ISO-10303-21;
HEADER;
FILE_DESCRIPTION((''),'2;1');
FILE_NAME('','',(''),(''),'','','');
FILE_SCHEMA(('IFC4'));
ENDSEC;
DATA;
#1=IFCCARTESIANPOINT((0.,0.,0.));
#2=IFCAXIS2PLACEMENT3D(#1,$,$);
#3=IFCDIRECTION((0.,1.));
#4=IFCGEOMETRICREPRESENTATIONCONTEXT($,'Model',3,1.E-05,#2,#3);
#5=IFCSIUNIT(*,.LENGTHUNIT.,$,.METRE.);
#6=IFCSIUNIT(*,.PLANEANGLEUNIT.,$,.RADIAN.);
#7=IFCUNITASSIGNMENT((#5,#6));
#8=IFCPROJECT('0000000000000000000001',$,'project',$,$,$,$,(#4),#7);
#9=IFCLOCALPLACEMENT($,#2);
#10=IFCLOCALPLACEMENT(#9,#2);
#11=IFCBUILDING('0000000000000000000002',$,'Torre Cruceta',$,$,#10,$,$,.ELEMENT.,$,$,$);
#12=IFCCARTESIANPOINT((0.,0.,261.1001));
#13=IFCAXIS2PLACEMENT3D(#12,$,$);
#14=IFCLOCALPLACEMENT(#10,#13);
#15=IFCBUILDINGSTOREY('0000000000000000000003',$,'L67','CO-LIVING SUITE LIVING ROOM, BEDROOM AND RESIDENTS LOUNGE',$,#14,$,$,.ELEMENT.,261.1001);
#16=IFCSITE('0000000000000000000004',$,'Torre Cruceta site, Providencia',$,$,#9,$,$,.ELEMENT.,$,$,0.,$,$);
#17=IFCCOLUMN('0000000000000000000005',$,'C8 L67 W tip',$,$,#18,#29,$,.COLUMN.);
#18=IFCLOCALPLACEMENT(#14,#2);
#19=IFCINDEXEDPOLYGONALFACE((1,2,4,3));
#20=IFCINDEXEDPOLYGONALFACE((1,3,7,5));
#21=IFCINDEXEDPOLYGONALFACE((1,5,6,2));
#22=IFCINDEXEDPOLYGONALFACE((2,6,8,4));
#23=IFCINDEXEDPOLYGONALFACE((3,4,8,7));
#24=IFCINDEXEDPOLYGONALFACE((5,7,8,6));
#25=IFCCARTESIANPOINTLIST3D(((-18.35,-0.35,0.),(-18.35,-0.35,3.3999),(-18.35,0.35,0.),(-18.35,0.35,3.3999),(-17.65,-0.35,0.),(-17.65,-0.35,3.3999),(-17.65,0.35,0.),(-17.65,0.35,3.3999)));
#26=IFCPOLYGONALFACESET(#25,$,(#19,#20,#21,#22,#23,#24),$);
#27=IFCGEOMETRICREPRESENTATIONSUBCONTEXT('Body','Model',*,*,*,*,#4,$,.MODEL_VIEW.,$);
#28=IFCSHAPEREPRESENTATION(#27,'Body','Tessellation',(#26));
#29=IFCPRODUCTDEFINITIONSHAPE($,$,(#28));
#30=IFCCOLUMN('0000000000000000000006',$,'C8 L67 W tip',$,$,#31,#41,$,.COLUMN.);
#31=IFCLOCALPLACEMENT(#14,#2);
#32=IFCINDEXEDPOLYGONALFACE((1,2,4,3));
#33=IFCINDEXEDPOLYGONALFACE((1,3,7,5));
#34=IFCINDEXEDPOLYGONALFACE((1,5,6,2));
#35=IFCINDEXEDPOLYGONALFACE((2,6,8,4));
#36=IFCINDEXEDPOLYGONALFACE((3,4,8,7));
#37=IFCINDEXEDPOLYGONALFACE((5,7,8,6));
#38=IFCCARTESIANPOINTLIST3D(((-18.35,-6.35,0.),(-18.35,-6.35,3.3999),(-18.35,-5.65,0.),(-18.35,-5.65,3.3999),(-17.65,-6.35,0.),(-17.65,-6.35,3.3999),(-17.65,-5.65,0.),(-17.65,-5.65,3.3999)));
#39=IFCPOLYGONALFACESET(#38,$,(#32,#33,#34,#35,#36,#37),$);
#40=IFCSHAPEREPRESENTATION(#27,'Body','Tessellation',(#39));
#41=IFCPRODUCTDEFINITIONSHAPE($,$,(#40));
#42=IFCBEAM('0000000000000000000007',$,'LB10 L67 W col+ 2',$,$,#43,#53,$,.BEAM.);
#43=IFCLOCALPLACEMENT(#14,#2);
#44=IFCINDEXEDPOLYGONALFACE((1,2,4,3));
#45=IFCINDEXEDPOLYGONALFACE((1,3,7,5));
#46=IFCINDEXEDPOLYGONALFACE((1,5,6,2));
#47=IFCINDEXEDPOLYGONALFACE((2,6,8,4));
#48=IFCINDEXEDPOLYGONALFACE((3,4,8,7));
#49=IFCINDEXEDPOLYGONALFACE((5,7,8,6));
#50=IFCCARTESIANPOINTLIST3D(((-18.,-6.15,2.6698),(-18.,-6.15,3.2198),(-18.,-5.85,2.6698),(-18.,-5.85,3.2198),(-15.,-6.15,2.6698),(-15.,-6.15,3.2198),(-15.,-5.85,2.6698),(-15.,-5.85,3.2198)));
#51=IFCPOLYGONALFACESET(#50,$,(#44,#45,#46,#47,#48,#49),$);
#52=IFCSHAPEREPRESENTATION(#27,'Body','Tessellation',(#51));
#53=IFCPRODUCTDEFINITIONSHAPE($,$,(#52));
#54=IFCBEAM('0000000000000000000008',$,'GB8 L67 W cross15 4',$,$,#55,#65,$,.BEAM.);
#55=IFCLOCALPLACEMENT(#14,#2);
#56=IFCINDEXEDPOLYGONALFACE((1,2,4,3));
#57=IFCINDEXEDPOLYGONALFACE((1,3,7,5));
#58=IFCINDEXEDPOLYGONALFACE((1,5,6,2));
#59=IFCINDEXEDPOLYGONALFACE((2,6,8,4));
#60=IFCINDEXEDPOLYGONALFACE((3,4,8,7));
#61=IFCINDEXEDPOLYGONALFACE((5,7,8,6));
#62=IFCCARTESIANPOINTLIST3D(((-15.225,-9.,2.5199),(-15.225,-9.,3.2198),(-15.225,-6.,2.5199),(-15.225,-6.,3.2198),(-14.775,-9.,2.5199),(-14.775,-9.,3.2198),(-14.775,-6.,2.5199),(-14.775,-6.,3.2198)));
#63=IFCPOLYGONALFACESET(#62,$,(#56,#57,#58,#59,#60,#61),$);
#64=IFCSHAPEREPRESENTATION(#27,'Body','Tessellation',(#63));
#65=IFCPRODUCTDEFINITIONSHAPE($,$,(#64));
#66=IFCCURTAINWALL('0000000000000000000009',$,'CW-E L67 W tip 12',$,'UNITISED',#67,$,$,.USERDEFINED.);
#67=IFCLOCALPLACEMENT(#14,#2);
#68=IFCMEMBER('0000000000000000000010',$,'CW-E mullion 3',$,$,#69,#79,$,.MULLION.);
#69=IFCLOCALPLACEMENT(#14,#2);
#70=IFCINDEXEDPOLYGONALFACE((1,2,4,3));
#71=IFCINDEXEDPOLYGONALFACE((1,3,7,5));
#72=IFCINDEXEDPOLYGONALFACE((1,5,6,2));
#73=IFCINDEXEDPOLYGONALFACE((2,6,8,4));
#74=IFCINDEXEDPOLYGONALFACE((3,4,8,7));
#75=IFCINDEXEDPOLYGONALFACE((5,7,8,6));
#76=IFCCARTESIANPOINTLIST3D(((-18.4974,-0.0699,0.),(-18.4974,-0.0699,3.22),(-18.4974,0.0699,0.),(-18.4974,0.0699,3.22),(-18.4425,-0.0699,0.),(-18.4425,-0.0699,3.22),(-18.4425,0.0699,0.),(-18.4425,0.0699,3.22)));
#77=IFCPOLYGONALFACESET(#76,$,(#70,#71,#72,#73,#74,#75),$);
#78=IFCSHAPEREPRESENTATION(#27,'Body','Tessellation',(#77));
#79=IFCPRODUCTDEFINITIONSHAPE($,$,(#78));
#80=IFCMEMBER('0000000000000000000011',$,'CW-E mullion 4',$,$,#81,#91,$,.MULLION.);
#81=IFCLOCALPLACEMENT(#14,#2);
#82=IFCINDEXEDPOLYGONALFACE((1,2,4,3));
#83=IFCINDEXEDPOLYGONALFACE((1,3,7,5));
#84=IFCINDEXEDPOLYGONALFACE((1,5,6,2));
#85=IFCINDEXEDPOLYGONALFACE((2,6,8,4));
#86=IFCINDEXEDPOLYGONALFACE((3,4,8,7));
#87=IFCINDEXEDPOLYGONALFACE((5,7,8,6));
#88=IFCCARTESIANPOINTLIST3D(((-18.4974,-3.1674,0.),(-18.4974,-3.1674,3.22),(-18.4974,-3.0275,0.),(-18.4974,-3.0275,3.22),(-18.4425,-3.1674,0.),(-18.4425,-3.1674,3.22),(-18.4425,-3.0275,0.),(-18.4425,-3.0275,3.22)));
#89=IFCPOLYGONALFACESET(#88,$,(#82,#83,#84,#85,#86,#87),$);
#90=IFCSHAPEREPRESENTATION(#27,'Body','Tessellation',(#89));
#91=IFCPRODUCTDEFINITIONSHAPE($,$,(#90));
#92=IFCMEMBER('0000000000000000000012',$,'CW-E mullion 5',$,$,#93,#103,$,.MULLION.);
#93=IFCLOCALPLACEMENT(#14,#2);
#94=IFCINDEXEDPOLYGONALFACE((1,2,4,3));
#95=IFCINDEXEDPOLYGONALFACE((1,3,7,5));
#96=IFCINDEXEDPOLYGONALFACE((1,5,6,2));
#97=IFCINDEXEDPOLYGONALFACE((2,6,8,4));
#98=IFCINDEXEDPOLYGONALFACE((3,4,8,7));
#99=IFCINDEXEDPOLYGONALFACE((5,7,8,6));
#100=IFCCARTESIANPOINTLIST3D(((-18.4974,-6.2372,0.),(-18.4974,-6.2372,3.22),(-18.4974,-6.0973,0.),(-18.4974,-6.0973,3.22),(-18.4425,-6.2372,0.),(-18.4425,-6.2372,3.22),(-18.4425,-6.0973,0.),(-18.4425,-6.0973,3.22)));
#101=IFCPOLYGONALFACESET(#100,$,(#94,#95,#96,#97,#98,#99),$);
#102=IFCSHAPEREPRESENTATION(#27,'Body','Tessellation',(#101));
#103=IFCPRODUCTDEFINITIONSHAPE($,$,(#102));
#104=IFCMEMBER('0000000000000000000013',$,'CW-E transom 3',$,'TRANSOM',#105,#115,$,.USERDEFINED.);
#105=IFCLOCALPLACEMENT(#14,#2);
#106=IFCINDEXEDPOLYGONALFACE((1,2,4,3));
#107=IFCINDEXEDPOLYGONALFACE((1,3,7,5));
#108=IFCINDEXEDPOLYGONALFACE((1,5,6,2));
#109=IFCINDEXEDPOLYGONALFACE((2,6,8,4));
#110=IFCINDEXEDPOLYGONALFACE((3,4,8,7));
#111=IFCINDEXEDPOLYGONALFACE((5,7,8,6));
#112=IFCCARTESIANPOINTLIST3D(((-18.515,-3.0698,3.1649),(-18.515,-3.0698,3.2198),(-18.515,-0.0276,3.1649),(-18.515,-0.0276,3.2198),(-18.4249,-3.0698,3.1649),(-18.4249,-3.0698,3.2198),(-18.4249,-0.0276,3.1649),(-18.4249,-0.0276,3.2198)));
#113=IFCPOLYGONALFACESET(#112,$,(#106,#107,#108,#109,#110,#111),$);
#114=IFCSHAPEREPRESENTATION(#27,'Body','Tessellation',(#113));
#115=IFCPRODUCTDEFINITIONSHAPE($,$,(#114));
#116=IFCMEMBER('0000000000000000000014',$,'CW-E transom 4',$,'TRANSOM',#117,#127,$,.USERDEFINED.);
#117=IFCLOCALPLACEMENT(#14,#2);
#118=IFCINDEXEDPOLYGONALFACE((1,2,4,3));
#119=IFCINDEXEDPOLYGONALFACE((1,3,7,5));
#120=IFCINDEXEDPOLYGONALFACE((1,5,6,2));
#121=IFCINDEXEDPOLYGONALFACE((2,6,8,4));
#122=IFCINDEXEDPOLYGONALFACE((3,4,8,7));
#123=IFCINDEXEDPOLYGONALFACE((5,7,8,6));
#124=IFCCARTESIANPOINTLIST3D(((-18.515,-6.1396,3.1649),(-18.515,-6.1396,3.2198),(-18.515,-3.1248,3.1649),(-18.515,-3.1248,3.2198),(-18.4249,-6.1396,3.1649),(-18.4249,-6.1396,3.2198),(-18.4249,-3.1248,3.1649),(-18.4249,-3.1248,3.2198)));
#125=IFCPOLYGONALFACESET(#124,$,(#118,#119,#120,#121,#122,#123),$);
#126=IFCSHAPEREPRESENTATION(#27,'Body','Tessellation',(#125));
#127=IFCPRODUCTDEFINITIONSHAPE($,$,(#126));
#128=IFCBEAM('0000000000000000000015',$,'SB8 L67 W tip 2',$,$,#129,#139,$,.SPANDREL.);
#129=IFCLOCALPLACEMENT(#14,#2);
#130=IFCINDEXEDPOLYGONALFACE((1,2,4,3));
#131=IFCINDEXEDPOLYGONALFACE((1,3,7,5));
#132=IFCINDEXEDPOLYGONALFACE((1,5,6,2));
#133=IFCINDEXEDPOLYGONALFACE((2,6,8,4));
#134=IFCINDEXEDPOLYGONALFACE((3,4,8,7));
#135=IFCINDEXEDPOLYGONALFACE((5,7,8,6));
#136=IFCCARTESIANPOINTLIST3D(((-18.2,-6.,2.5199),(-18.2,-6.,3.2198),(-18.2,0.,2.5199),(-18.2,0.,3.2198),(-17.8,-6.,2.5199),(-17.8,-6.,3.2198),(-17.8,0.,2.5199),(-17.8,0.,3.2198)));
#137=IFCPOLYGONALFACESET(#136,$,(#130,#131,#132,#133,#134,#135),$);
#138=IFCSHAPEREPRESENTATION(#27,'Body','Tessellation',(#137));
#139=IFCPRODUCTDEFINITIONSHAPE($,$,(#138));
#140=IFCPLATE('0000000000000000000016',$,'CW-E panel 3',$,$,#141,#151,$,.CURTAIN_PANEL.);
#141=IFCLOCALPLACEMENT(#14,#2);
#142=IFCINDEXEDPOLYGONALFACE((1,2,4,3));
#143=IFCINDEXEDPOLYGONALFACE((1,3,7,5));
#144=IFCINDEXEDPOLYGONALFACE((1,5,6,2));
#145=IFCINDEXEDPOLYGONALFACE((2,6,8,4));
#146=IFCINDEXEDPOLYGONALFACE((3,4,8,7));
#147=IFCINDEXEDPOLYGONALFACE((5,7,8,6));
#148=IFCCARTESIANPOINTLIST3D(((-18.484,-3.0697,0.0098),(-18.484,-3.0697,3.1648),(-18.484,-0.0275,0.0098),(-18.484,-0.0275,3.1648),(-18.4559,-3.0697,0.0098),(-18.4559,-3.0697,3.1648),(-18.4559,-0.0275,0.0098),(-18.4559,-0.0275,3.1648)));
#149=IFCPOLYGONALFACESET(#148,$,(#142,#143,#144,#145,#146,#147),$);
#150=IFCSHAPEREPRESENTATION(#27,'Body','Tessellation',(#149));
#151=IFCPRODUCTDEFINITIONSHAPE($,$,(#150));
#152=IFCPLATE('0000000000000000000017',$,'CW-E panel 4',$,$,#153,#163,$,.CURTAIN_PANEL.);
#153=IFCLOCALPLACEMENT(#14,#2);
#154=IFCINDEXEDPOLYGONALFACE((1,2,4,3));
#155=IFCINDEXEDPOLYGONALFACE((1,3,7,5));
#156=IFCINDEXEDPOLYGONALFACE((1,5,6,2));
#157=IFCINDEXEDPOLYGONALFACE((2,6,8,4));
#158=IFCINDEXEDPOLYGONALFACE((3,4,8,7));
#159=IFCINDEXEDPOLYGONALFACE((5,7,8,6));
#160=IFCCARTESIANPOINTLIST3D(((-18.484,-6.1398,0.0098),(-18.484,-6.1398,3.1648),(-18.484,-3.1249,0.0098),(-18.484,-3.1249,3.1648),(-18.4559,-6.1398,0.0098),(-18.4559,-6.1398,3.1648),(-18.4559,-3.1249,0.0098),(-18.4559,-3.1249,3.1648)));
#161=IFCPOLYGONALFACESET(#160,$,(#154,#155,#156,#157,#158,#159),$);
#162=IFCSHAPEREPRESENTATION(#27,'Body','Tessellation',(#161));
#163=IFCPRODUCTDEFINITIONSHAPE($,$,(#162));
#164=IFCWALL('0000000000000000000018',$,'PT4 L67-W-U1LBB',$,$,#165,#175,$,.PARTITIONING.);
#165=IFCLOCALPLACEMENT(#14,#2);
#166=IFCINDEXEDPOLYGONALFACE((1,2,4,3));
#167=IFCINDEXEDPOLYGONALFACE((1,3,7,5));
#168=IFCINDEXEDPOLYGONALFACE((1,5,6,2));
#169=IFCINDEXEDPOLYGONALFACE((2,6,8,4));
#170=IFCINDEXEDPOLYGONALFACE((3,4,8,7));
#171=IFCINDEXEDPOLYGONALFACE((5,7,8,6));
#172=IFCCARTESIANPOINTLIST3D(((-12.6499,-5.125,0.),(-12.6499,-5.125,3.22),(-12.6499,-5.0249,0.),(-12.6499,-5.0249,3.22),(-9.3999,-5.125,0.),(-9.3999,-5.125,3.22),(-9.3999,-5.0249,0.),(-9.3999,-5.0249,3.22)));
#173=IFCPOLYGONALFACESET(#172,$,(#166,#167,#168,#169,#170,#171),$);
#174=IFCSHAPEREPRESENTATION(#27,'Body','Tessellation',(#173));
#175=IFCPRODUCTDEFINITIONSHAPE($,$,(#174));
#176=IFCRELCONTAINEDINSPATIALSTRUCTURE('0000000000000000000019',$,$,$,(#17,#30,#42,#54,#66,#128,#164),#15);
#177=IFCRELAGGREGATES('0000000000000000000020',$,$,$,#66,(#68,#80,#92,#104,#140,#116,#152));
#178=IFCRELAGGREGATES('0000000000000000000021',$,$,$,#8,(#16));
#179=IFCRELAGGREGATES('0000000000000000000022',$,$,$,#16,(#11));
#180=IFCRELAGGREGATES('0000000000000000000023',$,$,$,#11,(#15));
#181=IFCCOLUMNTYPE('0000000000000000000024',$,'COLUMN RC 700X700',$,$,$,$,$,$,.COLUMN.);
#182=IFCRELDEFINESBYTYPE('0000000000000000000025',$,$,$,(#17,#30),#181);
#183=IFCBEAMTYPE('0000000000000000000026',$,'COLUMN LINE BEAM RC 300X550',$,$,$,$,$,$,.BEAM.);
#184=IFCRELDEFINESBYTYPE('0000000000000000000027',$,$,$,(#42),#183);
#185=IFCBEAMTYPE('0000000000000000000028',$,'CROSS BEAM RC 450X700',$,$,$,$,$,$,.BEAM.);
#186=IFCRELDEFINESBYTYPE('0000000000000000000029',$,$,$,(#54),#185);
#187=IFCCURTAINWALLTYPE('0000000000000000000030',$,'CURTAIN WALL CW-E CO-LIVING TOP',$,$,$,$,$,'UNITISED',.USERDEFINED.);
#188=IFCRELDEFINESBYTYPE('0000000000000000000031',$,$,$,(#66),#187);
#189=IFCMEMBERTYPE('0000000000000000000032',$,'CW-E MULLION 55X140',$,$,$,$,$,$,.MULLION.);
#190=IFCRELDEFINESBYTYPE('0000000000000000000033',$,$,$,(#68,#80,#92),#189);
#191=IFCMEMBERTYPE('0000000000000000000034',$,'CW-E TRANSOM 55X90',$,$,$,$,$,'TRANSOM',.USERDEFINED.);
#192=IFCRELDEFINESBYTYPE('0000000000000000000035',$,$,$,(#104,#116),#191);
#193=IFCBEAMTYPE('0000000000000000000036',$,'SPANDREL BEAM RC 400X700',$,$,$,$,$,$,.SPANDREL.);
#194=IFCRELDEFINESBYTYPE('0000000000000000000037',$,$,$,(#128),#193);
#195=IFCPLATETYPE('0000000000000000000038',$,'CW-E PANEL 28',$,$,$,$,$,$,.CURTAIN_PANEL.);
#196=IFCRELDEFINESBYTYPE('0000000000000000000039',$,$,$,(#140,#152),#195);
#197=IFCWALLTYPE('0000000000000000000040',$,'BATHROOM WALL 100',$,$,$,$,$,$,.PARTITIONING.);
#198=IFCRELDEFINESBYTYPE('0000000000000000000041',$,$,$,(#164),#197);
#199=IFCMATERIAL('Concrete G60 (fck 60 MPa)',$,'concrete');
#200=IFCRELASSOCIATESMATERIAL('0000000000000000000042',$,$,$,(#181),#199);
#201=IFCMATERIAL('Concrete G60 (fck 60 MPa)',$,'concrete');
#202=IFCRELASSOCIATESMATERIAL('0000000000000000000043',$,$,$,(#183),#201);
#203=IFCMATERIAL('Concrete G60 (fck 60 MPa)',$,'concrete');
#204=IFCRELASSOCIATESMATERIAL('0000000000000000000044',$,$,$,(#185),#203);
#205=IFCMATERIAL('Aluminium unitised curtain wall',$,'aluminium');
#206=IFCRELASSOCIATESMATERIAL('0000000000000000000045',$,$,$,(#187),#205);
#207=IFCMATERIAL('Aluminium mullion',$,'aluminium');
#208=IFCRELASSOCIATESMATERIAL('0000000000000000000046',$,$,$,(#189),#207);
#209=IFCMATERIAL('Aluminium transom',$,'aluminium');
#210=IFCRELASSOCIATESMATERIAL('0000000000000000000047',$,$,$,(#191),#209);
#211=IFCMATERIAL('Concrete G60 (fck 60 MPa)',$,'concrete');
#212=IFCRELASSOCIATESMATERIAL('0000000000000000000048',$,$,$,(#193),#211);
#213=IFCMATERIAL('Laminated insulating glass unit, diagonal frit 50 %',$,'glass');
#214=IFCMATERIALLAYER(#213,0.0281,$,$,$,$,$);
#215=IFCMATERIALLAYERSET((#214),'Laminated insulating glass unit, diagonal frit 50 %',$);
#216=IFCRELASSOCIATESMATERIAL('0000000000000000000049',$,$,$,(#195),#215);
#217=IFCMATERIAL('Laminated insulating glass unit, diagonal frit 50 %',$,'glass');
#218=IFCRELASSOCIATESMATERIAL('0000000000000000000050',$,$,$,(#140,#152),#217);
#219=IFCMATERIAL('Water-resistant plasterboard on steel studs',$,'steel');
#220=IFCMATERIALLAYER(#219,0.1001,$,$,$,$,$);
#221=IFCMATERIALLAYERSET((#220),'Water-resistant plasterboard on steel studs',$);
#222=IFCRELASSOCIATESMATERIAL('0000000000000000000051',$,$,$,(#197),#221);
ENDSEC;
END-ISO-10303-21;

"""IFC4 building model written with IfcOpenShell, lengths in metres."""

from ifc_helpers import new_model, si_unit, direction, frame, frame_2d, origin, origin_2d, place, context, subcontext, project, spatial, rectangle, extrude, material, layer, layer_set, material_profile, profile_set, type_object, element, aggregate, save


model = new_model("IFC4")

# Units and contexts
model_context = context("Model", 3, precision=1e-05, world=origin(), true_north=direction((0.0, 1.0)))
body_context = subcontext(model_context, "Body", "Model", "MODEL_VIEW")
ifc_project = project(units=[si_unit("LENGTHUNIT", "METRE"), si_unit("PLANEANGLEUNIT", "RADIAN")], contexts=[model_context])

# Site, building, storey
site_placement = place(None, origin())
site = spatial("IfcSite", under=ifc_project, at=site_placement, Name="Torre Cruceta site, Providencia", CompositionType="ELEMENT", RefElevation=0.0)
building_placement = place(site_placement, origin())
building = spatial("IfcBuilding", under=site, at=building_placement, Name="Torre Cruceta", CompositionType="ELEMENT")
storey_placement = place(building_placement, frame((0.0, 0.0, 261.1001)))
storey = spatial("IfcBuildingStorey", under=building, at=storey_placement, Name="L67", Description="CO-LIVING SUITE LIVING ROOM, BEDROOM AND RESIDENTS LOUNGE", CompositionType="ELEMENT", Elevation=261.1001)

# Columns
ifc_material_1 = material(Name="Concrete G60 (fck 60 MPa)", Category="concrete")
ifc_material_profile_1 = material_profile(ifc_material_1, rectangle(XDim=0.7, YDim=0.7, at=origin_2d()), Name="RC 700X700")
ifc_profile_set_1 = profile_set([ifc_material_profile_1], Name="Concrete G60 (fck 60 MPa)")
column_type = type_object("IfcColumnType", Name="COLUMN RC 700X700", PredefinedType="COLUMN", material=ifc_profile_set_1)
for number, where, z_axis, x_axis, name in (
    (1, (-18.0, 0.0, 0.0), (0.0, 0.0, 1.0), (1.0, 0.0, 0.0), "C8 L67 W tip"),
    (2, (-18.0, -6.0, 0.0), (0.0, 0.0, 1.0), (1.0, 0.0, 0.0), "C8 L67 W tip"),
):
    element("IfcColumn", number, at=place(storey_placement, frame(where, z_axis=z_axis, x_axis=x_axis)), inside=storey, type_object=column_type, Name=name, PredefinedType="COLUMN", context=body_context, shape_type="SweptSolid", body=[
        extrude(rectangle(XDim=0.7, YDim=0.7, at=origin_2d()), origin(), (0.0, 0.0, 1.0), 3.3999),
    ])

# Beams
ifc_material_2 = material(Name="Concrete G60 (fck 60 MPa)", Category="concrete")
ifc_material_profile_2 = material_profile(ifc_material_2, rectangle(XDim=0.3, YDim=0.55, at=origin_2d()), Name="RC 300X550")
ifc_profile_set_2 = profile_set([ifc_material_profile_2], Name="Concrete G60 (fck 60 MPa)")
beam_type_1 = type_object("IfcBeamType", Name="COLUMN LINE BEAM RC 300X550", PredefinedType="BEAM", material=ifc_profile_set_2)
beam_1_placement = place(storey_placement, frame((-15.0, -6.0, 2.9448), z_axis=(-1.0, 0.0, 0.0), x_axis=(0.0, -1.0, 0.0)))
element("IfcBeam", 3, at=beam_1_placement, inside=storey, type_object=beam_type_1, Name="LB10 L67 W col+ 2", PredefinedType="BEAM", context=body_context, shape_type="SweptSolid", body=[
    extrude(rectangle(XDim=0.3, YDim=0.55, at=origin_2d()), origin(), (0.0, 0.0, 1.0), 3.0),
])
ifc_material_3 = material(Name="Concrete G60 (fck 60 MPa)", Category="concrete")
ifc_material_profile_3 = material_profile(ifc_material_3, rectangle(XDim=0.45, YDim=0.7, at=origin_2d()), Name="RC 450X700")
ifc_profile_set_3 = profile_set([ifc_material_profile_3], Name="Concrete G60 (fck 60 MPa)")
beam_type_2 = type_object("IfcBeamType", Name="CROSS BEAM RC 450X700", PredefinedType="BEAM", material=ifc_profile_set_3)
beam_2_placement = place(storey_placement, frame((-15.0, -6.0, 2.8699), z_axis=(0.0, -1.0, 0.0), x_axis=(1.0, 0.0, 0.0)))
element("IfcBeam", 4, at=beam_2_placement, inside=storey, type_object=beam_type_2, Name="GB8 L67 W cross15 4", PredefinedType="BEAM", context=body_context, shape_type="SweptSolid", body=[
    extrude(rectangle(XDim=0.45, YDim=0.7, at=origin_2d()), origin(), (0.0, 0.0, 1.0), 3.0),
])

# Curtain wall, members
ifc_material_4 = material(Name="Aluminium unitised curtain wall", Category="aluminium")
curtain_wall_type = type_object("IfcCurtainWallType", Name="CURTAIN WALL CW-E CO-LIVING TOP", ElementType="UNITISED", PredefinedType="USERDEFINED", material=ifc_material_4)
curtain_wall_placement = place(storey_placement, origin())
curtain_wall = element("IfcCurtainWall", 5, at=curtain_wall_placement, inside=storey, type_object=curtain_wall_type, Name="CW-E L67 W tip 12", ObjectType="UNITISED", PredefinedType="USERDEFINED")
ifc_material_5 = material(Name="Aluminium mullion", Category="aluminium")
ifc_material_profile_4 = material_profile(ifc_material_5, rectangle(XDim=0.0549, YDim=0.1399, at=origin_2d()), Name="AL 55X140")
ifc_profile_set_4 = profile_set([ifc_material_profile_4], Name="Aluminium mullion")
member_type_1 = type_object("IfcMemberType", Name="CW-E MULLION 55X140", PredefinedType="MULLION", material=ifc_profile_set_4)
member_1_placement = place(storey_placement, frame((-18.47, 0.0, 0.0), z_axis=(0.0, 0.0, 1.0), x_axis=(1.0, 0.0, 0.0)))
member_1 = element("IfcMember", 6, at=member_1_placement, type_object=member_type_1, Name="CW-E mullion 3", PredefinedType="MULLION", context=body_context, shape_type="SweptSolid", body=[
    extrude(rectangle(XDim=0.0549, YDim=0.1399, at=origin_2d()), origin(), (0.0, 0.0, 1.0), 3.22),
])
member_2_placement = place(storey_placement, frame((-18.47, -3.0974, 0.0), z_axis=(0.0, 0.0, 1.0), x_axis=(1.0, 0.0, 0.0)))
member_2 = element("IfcMember", 7, at=member_2_placement, type_object=member_type_1, Name="CW-E mullion 4", PredefinedType="MULLION", context=body_context, shape_type="SweptSolid", body=[
    extrude(rectangle(XDim=0.0549, YDim=0.1399, at=origin_2d()), origin(), (0.0, 0.0, 1.0), 3.22),
])
member_3_placement = place(storey_placement, frame((-18.47, -6.1672, 0.0), z_axis=(0.0, 0.0, 1.0), x_axis=(1.0, 0.0, 0.0)))
member_3 = element("IfcMember", 8, at=member_3_placement, type_object=member_type_1, Name="CW-E mullion 5", PredefinedType="MULLION", context=body_context, shape_type="SweptSolid", body=[
    extrude(rectangle(XDim=0.0549, YDim=0.1399, at=origin_2d()), origin(), (0.0, 0.0, 1.0), 3.22),
])
ifc_material_6 = material(Name="Aluminium transom", Category="aluminium")
ifc_material_profile_5 = material_profile(ifc_material_6, rectangle(XDim=0.0901, YDim=0.0549, at=origin_2d()), Name="AL 90X55")
ifc_profile_set_5 = profile_set([ifc_material_profile_5], Name="Aluminium transom")
member_type_2 = type_object("IfcMemberType", Name="CW-E TRANSOM 55X90", ElementType="TRANSOM", PredefinedType="USERDEFINED", material=ifc_profile_set_5)
member_4_placement = place(storey_placement, frame((-18.47, -0.0276, 3.1924), z_axis=(0.0, -1.0, 0.0), x_axis=(1.0, 0.0, 0.0)))
member_4 = element("IfcMember", 9, at=member_4_placement, type_object=member_type_2, Name="CW-E transom 3", ObjectType="TRANSOM", PredefinedType="USERDEFINED", context=body_context, shape_type="SweptSolid", body=[
    extrude(rectangle(XDim=0.0901, YDim=0.0549, at=origin_2d()), origin(), (0.0, 0.0, 1.0), 3.0422),
])
member_5_placement = place(storey_placement, frame((-18.47, -3.1248, 3.1924), z_axis=(0.0, -1.0, 0.0), x_axis=(1.0, 0.0, 0.0)))
member_5 = element("IfcMember", 10, at=member_5_placement, type_object=member_type_2, Name="CW-E transom 4", ObjectType="TRANSOM", PredefinedType="USERDEFINED", context=body_context, shape_type="SweptSolid", body=[
    extrude(rectangle(XDim=0.0901, YDim=0.0549, at=origin_2d()), origin(), (0.0, 0.0, 1.0), 3.0149),
])

# Beam
ifc_material_7 = material(Name="Concrete G60 (fck 60 MPa)", Category="concrete")
ifc_material_profile_6 = material_profile(ifc_material_7, rectangle(XDim=0.3999, YDim=0.7, at=origin_2d()), Name="RC 400X700")
ifc_profile_set_6 = profile_set([ifc_material_profile_6], Name="Concrete G60 (fck 60 MPa)")
beam_type_3 = type_object("IfcBeamType", Name="SPANDREL BEAM RC 400X700", PredefinedType="SPANDREL", material=ifc_profile_set_6)
beam_3_placement = place(storey_placement, frame((-18.0, 0.0, 2.8699), z_axis=(0.0, -1.0, 0.0), x_axis=(1.0, 0.0, 0.0)))
element("IfcBeam", 11, at=beam_3_placement, inside=storey, type_object=beam_type_3, Name="SB8 L67 W tip 2", PredefinedType="SPANDREL", context=body_context, shape_type="SweptSolid", body=[
    extrude(rectangle(XDim=0.3999, YDim=0.7, at=origin_2d()), origin(), (0.0, 0.0, 1.0), 6.0),
])

# Plates
ifc_material_8 = material(Name="Laminated insulating glass unit, diagonal frit 50 %", Category="glass")
ifc_material_9 = material(Name="Laminated insulating glass unit, diagonal frit 50 %", Category="glass")
ifc_layer_1 = layer(ifc_material_9, 0.0281)
ifc_layer_set_1 = layer_set([ifc_layer_1], Name="Laminated insulating glass unit, diagonal frit 50 %")
plate_type = type_object("IfcPlateType", Name="CW-E PANEL 28", PredefinedType="CURTAIN_PANEL", material=ifc_layer_set_1)
plate_1_placement = place(storey_placement, frame((-18.47, -1.5486, 0.0098), z_axis=(0.0, 0.0, 1.0), x_axis=(0.0, -1.0, 0.0)))
plate_1 = element("IfcPlate", 12, at=plate_1_placement, type_object=plate_type, material=ifc_material_8, Name="CW-E panel 3", PredefinedType="CURTAIN_PANEL", context=body_context, shape_type="SweptSolid", body=[
    extrude(rectangle(XDim=3.0422, YDim=0.0281, at=origin_2d()), origin(), (0.0, 0.0, 1.0), 3.155),
])
plate_2_placement = place(storey_placement, frame((-18.47, -4.6323, 0.0098), z_axis=(0.0, 0.0, 1.0), x_axis=(0.0, -1.0, 0.0)))
plate_2 = element("IfcPlate", 13, at=plate_2_placement, type_object=plate_type, material=ifc_material_8, Name="CW-E panel 4", PredefinedType="CURTAIN_PANEL", context=body_context, shape_type="SweptSolid", body=[
    extrude(rectangle(XDim=3.0149, YDim=0.0281, at=origin_2d()), origin(), (0.0, 0.0, 1.0), 3.155),
])
aggregate(curtain_wall, [member_1, member_2, member_3, member_4, plate_1, member_5, plate_2])

# Wall
ifc_material_10 = material(Name="Water-resistant plasterboard on steel studs", Category="steel")
ifc_layer_2 = layer(ifc_material_10, 0.1001)
ifc_layer_set_2 = layer_set([ifc_layer_2], Name="Water-resistant plasterboard on steel studs")
wall_type_1 = type_object("IfcWallType", Name="BATHROOM WALL 100", PredefinedType="PARTITIONING", material=ifc_layer_set_2)
wall_1_placement = place(storey_placement, frame((-9.3999, -5.075, 0.0), z_axis=(0.0, 0.0, 1.0), x_axis=(-1.0, 0.0, 0.0)))
element("IfcWall", 14, at=wall_1_placement, inside=storey, type_object=wall_type_1, Name="PT4 L67-W-U1LBB", PredefinedType="PARTITIONING", context=body_context, shape_type="SweptSolid", body=[
    extrude(rectangle(XDim=3.25, YDim=0.1001, at=frame_2d((1.625, 0.0))), origin(), (0.0, 0.0, 1.0), 3.22),
])

save(model, "model.ifc")
